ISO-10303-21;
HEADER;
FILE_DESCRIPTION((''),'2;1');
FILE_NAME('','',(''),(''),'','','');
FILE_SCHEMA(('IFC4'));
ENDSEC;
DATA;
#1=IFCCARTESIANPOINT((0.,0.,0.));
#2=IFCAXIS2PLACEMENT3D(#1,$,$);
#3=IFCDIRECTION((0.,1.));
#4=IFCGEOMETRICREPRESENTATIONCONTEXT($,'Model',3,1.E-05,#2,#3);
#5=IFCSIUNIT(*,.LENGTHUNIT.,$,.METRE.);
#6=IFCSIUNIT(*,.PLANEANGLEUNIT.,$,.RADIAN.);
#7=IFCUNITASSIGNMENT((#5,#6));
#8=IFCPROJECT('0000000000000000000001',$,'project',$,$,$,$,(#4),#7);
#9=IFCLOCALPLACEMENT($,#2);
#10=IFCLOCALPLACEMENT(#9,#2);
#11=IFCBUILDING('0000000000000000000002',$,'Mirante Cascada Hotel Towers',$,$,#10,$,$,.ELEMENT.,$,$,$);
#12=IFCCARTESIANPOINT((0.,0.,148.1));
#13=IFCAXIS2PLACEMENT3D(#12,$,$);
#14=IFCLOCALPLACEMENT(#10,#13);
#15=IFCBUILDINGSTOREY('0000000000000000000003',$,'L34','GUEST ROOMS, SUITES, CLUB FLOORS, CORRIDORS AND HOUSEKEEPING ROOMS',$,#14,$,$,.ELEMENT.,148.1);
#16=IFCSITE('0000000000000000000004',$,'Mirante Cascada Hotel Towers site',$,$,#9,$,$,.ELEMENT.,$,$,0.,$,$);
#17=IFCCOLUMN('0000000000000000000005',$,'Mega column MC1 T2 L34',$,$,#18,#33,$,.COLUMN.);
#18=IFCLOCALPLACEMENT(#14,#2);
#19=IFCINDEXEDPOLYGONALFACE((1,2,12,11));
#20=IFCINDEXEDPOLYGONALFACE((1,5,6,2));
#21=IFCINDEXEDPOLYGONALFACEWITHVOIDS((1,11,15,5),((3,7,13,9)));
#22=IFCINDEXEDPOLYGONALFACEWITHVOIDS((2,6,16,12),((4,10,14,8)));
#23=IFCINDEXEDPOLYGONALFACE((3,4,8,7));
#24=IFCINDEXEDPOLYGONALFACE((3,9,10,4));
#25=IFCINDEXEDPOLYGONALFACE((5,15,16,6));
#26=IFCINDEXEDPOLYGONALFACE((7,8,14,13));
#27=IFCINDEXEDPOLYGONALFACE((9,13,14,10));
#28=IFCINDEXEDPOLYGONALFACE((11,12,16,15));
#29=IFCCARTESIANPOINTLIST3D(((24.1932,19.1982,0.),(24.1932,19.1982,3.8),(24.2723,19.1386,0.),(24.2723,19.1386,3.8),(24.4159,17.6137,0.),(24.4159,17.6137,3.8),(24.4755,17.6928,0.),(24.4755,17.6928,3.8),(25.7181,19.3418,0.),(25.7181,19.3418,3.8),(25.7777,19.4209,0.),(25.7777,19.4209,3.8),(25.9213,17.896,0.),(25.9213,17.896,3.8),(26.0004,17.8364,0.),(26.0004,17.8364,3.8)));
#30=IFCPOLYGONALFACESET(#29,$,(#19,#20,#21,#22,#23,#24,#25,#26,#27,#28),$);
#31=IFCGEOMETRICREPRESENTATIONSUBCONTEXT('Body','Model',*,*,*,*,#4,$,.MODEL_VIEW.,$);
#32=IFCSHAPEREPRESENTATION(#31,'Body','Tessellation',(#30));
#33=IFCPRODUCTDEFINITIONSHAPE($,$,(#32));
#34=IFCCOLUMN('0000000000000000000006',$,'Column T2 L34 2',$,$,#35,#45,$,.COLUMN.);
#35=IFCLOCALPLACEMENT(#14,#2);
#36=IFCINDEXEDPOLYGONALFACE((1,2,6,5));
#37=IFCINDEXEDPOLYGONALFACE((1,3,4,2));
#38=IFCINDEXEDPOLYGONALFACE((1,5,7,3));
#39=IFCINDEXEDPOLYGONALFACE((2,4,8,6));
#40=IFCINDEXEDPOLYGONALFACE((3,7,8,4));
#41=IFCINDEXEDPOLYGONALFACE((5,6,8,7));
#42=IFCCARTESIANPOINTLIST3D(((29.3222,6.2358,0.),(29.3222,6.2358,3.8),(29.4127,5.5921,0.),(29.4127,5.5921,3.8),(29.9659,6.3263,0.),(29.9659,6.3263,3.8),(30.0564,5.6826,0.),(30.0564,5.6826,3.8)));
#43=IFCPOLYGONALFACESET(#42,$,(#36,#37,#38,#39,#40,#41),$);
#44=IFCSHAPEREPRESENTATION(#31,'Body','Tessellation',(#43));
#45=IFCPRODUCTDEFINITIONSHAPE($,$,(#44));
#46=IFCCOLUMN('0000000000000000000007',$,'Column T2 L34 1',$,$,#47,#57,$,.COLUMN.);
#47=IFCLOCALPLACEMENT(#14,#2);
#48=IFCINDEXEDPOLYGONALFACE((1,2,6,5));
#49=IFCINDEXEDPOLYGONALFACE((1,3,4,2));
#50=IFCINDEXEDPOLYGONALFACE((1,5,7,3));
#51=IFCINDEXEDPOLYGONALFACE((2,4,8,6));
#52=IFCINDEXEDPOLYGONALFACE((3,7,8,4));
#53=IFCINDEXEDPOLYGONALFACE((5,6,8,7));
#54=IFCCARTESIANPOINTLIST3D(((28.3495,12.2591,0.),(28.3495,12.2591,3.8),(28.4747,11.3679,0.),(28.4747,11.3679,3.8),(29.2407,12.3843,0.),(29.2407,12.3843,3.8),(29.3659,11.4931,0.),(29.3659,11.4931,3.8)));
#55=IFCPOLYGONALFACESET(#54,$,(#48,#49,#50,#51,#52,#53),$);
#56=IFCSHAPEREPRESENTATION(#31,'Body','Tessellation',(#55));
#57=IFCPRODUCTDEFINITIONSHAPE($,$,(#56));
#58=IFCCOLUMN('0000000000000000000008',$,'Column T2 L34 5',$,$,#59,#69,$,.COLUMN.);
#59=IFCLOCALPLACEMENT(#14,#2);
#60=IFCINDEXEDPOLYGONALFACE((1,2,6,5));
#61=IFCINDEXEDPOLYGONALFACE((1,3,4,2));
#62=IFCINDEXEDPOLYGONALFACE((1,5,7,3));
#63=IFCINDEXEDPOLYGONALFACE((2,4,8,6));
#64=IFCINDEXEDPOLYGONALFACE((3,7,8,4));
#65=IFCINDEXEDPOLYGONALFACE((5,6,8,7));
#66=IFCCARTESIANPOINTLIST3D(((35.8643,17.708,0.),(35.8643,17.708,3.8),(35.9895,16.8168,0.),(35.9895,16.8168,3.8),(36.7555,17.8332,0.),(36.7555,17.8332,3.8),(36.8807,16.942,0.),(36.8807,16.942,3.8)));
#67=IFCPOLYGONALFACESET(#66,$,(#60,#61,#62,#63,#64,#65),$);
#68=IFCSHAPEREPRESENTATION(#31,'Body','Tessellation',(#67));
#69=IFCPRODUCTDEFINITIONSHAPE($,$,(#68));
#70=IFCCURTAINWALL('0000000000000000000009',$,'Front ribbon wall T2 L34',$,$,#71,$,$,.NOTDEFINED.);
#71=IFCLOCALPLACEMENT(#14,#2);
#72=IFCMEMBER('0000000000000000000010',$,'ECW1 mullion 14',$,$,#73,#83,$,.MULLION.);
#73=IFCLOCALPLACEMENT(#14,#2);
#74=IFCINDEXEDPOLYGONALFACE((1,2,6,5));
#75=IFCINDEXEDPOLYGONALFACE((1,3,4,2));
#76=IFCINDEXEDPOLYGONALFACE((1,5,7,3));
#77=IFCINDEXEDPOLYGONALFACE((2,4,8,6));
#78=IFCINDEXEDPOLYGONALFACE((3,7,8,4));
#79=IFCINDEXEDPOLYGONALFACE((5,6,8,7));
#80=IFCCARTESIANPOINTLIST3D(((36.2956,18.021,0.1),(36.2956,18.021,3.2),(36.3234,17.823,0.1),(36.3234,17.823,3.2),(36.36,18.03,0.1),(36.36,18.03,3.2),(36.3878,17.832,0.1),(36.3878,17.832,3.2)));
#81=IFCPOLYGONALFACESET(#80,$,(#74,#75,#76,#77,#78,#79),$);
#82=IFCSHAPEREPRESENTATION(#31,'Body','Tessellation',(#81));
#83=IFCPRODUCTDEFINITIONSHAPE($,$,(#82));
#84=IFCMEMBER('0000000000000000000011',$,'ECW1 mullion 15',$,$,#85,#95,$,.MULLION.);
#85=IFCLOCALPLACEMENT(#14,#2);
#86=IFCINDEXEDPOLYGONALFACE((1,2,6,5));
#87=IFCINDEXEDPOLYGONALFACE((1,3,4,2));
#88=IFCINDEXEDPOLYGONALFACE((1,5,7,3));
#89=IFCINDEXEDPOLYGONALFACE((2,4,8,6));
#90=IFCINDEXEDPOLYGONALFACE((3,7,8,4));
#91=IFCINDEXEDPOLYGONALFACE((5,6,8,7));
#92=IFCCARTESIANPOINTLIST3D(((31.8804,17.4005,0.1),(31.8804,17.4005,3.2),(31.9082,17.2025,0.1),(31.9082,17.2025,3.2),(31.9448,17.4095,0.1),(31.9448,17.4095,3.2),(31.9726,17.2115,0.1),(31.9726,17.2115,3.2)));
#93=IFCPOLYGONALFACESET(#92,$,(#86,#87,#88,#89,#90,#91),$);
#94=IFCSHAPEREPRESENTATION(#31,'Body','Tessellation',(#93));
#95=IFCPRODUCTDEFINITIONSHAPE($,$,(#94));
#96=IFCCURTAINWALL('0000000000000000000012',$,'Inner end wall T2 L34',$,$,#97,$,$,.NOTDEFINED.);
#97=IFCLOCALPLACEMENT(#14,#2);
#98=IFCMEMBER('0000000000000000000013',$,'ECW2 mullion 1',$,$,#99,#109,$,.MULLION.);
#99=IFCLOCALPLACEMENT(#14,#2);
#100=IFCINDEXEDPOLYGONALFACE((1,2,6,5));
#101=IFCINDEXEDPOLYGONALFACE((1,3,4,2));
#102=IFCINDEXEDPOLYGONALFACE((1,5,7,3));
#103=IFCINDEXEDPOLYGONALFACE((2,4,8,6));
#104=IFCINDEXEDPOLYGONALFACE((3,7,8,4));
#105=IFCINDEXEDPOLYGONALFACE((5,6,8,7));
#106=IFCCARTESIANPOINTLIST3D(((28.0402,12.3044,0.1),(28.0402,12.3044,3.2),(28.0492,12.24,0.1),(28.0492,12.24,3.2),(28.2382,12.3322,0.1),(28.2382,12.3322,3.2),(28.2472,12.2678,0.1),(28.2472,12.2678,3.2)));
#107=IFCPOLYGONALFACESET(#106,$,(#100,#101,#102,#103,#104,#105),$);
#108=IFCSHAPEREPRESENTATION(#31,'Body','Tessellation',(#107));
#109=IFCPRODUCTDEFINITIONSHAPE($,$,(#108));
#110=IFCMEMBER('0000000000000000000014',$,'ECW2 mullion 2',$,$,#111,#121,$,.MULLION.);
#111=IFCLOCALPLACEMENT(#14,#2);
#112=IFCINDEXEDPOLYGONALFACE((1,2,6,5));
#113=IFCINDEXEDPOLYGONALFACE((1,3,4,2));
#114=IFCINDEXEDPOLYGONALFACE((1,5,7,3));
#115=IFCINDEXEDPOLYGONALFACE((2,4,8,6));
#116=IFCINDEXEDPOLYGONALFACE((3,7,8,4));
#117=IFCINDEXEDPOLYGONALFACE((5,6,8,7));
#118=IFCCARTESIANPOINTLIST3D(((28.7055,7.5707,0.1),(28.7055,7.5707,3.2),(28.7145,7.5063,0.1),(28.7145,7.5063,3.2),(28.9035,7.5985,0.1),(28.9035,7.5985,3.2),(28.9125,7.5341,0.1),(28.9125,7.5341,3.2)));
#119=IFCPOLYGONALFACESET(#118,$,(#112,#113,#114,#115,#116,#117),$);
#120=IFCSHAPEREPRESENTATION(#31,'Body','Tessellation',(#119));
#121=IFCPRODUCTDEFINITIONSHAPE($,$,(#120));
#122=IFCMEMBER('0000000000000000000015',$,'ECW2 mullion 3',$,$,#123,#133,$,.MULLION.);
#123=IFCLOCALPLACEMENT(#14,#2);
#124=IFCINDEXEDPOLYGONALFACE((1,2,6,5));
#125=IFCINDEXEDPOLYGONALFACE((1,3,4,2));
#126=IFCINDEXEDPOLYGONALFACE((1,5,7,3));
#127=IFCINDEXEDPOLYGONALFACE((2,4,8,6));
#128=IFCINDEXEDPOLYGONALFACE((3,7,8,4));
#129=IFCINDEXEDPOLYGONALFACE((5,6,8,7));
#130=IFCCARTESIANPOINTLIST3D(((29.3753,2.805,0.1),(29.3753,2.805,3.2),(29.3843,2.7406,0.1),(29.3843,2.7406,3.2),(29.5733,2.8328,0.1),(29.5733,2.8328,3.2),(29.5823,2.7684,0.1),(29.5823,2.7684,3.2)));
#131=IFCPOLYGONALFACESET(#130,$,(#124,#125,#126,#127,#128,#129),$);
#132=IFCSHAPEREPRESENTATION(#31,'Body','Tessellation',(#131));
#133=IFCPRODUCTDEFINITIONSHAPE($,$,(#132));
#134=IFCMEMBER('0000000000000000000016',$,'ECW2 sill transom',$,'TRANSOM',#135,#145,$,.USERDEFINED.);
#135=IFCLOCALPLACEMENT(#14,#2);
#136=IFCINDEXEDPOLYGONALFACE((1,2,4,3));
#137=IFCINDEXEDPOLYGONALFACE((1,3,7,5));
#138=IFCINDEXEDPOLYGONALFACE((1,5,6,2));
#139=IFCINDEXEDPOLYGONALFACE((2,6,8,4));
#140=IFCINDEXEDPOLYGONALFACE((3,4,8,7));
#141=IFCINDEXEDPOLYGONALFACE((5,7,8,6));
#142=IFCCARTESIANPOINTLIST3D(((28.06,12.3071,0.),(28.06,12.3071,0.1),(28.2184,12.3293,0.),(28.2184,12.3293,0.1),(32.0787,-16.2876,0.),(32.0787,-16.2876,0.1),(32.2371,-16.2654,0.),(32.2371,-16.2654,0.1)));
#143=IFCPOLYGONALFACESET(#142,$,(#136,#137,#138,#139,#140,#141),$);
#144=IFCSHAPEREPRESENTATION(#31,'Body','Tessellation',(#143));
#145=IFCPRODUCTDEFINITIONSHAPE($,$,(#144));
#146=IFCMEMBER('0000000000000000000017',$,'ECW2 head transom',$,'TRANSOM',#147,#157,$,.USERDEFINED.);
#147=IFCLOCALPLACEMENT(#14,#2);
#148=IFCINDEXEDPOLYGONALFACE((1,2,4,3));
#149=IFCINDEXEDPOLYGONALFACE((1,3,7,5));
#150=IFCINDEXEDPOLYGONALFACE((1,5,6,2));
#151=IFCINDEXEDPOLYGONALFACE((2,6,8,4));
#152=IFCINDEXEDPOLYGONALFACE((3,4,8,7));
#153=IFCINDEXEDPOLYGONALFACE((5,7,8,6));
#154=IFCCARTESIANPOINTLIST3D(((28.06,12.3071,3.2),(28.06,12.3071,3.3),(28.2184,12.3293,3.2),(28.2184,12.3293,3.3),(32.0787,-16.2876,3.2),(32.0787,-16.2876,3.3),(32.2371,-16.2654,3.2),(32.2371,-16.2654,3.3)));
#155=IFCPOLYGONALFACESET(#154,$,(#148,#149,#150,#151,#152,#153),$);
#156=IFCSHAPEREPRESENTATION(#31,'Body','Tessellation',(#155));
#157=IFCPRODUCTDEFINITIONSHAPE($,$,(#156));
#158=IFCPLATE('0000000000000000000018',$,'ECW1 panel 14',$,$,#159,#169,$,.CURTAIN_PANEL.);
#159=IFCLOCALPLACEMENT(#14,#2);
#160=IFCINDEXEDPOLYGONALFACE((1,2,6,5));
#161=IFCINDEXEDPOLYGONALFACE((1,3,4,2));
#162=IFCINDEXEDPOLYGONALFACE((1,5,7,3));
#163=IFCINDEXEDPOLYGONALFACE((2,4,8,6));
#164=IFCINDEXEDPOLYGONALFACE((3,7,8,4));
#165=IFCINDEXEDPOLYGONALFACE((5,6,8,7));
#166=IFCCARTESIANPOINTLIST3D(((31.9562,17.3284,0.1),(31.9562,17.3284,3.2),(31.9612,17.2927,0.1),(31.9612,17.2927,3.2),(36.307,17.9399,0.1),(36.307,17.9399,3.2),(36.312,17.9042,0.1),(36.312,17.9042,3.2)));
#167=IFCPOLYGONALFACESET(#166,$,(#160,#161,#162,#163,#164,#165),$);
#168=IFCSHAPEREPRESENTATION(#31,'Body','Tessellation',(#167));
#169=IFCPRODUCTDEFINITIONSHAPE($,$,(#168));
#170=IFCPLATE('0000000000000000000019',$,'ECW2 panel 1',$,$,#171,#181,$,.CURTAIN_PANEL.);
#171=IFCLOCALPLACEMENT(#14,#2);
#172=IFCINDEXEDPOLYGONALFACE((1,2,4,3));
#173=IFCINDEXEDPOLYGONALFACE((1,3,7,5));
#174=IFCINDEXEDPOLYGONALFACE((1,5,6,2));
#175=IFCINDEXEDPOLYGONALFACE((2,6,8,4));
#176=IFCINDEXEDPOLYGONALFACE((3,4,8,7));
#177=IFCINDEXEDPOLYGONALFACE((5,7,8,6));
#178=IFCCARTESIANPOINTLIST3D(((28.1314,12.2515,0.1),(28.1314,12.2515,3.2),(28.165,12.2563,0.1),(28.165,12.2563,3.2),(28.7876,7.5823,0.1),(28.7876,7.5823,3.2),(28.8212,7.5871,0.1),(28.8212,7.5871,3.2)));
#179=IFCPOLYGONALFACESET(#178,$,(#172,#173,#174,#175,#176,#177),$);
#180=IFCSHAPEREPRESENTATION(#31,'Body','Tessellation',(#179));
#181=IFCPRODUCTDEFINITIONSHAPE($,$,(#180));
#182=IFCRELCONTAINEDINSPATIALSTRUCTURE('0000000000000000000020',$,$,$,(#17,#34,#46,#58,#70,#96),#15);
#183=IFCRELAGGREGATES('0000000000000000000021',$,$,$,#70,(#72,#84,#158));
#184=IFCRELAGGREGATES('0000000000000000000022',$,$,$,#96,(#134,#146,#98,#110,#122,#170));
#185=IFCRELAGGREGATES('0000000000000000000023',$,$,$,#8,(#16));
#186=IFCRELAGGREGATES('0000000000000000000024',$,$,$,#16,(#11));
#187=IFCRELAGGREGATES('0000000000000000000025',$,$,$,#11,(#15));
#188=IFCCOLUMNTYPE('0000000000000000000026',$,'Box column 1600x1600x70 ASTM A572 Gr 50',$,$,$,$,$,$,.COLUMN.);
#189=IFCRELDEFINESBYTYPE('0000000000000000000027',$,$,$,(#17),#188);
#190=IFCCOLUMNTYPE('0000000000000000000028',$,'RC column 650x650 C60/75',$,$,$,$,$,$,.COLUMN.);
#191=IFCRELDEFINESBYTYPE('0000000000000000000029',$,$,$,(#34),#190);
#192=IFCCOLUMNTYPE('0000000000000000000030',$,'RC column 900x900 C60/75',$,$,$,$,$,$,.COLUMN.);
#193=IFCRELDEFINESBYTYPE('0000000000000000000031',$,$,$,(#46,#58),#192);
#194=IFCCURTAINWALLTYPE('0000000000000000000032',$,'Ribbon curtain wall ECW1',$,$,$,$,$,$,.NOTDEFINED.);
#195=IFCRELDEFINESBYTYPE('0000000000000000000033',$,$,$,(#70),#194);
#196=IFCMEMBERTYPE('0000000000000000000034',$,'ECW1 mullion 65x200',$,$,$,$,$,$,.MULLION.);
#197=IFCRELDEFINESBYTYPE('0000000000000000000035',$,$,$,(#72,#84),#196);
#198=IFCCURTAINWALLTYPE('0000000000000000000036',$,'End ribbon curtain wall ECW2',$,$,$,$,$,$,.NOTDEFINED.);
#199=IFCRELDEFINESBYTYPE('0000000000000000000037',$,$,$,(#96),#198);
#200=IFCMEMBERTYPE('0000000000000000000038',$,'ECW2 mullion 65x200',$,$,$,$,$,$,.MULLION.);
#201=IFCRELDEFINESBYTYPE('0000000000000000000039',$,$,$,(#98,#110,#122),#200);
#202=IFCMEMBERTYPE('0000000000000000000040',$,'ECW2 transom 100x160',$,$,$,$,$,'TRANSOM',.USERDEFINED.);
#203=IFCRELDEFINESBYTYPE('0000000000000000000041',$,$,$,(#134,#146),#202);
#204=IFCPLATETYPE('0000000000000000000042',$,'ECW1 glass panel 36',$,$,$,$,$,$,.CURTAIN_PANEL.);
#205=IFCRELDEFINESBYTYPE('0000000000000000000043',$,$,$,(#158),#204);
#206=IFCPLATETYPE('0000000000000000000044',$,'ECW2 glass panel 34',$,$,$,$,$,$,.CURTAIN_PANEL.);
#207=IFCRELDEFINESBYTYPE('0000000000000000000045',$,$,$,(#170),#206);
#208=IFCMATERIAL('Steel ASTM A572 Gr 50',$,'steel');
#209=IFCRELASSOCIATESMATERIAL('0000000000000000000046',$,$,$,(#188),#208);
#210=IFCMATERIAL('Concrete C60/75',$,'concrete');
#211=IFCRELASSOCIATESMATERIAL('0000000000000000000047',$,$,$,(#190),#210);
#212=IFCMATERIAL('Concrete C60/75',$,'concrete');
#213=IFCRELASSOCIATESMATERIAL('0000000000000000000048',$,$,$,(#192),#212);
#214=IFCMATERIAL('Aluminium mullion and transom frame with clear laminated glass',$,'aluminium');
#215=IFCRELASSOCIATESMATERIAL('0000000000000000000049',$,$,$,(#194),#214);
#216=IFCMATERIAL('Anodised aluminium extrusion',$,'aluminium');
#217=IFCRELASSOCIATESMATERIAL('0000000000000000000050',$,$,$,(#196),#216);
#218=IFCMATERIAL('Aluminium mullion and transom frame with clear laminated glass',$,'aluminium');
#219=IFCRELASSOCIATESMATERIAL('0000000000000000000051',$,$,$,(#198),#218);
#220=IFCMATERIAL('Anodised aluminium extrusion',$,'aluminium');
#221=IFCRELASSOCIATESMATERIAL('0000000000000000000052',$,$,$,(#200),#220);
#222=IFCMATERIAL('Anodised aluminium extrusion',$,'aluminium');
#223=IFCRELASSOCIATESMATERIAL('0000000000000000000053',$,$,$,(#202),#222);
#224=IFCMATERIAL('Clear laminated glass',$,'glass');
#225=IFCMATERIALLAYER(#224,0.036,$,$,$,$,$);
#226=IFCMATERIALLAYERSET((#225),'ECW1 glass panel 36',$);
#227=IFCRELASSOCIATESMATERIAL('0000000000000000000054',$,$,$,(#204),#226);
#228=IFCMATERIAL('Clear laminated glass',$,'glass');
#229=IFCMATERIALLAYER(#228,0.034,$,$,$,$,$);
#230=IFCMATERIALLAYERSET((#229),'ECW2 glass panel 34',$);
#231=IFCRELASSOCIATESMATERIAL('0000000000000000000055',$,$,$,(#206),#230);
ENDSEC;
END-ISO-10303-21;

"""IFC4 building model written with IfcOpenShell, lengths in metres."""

from ifc_helpers import new_model, si_unit, direction, frame, origin, origin_2d, place, context, subcontext, project, spatial, rectangle, hollow_rectangle, extrude, material, layer, layer_set, material_profile, profile_set, type_object, element, aggregate, save


model = new_model("IFC4")

# Units and contexts
model_context = context("Model", 3, precision=1e-05, world=origin(), true_north=direction((0.0, 1.0)))
body_context = subcontext(model_context, "Body", "Model", "MODEL_VIEW")
ifc_project = project(units=[si_unit("LENGTHUNIT", "METRE"), si_unit("PLANEANGLEUNIT", "RADIAN")], contexts=[model_context])

# Site, building, storey
site_placement = place(None, origin())
site = spatial("IfcSite", under=ifc_project, at=site_placement, Name="Mirante Cascada Hotel Towers site", CompositionType="ELEMENT", RefElevation=0.0)
building_placement = place(site_placement, origin())
building = spatial("IfcBuilding", under=site, at=building_placement, Name="Mirante Cascada Hotel Towers", CompositionType="ELEMENT")
storey_placement = place(building_placement, frame((0.0, 0.0, 148.1)))
storey = spatial("IfcBuildingStorey", under=building, at=storey_placement, Name="L34", Description="GUEST ROOMS, SUITES, CLUB FLOORS, CORRIDORS AND HOUSEKEEPING ROOMS", CompositionType="ELEMENT", Elevation=148.1)

# Columns
ifc_material_1 = material(Name="Steel ASTM A572 Gr 50", Category="steel")
ifc_material_profile_1 = material_profile(ifc_material_1, hollow_rectangle(XDim=1.6, YDim=1.6, WallThickness=0.07, at=origin_2d()), Name="Box column 1600x1600x70 ASTM A572 Gr 50")
ifc_profile_set_1 = profile_set([ifc_material_profile_1], Name="Steel ASTM A572 Gr 50")
column_type_1 = type_object("IfcColumnType", Name="Box column 1600x1600x70 ASTM A572 Gr 50", PredefinedType="COLUMN", material=ifc_profile_set_1)
column_1_placement = place(storey_placement, frame((25.0968, 18.5173, 0.0), z_axis=(0.0, 0.0, 1.0), x_axis=(0.990268, 0.139173, 0.0)))
element("IfcColumn", 1, at=column_1_placement, inside=storey, type_object=column_type_1, Name="Mega column MC1 T2 L34", PredefinedType="COLUMN", context=body_context, shape_type="SweptSolid", body=[
    extrude(hollow_rectangle(XDim=1.6, YDim=1.6, WallThickness=0.07, at=origin_2d()), origin(), (0.0, 0.0, 1.0), 3.8),
])
ifc_material_2 = material(Name="Concrete C60/75", Category="concrete")
ifc_material_profile_2 = material_profile(ifc_material_2, rectangle(XDim=0.65, YDim=0.65, at=origin_2d()), Name="RC column 650x650 C60/75")
ifc_profile_set_2 = profile_set([ifc_material_profile_2], Name="Concrete C60/75")
column_type_2 = type_object("IfcColumnType", Name="RC column 650x650 C60/75", PredefinedType="COLUMN", material=ifc_profile_set_2)
column_2_placement = place(storey_placement, frame((29.6893, 5.9592, 0.0), z_axis=(0.0, 0.0, 1.0), x_axis=(0.990268, 0.139173, 0.0)))
element("IfcColumn", 2, at=column_2_placement, inside=storey, type_object=column_type_2, Name="Column T2 L34 2", PredefinedType="COLUMN", context=body_context, shape_type="SweptSolid", body=[
    extrude(rectangle(XDim=0.65, YDim=0.65, at=origin_2d()), origin(), (0.0, 0.0, 1.0), 3.8),
])
ifc_material_3 = material(Name="Concrete C60/75", Category="concrete")
ifc_material_profile_3 = material_profile(ifc_material_3, rectangle(XDim=0.9, YDim=0.9, at=origin_2d()), Name="RC column 900x900 C60/75")
ifc_profile_set_3 = profile_set([ifc_material_profile_3], Name="Concrete C60/75")
column_type_3 = type_object("IfcColumnType", Name="RC column 900x900 C60/75", PredefinedType="COLUMN", material=ifc_profile_set_3)
for number, where, z_axis, x_axis, name in (
    (3, (28.8577, 11.8761, 0.0), (0.0, 0.0, 1.0), (0.990268, 0.139173, 0.0), "Column T2 L34 1"),
    (4, (36.3725, 17.325, 0.0), (0.0, 0.0, 1.0), (0.990268, 0.139173, 0.0), "Column T2 L34 5"),
):
    element("IfcColumn", number, at=place(storey_placement, frame(where, z_axis=z_axis, x_axis=x_axis)), inside=storey, type_object=column_type_3, Name=name, PredefinedType="COLUMN", context=body_context, shape_type="SweptSolid", body=[
        extrude(rectangle(XDim=0.9, YDim=0.9, at=origin_2d()), origin(), (0.0, 0.0, 1.0), 3.8),
    ])

# Curtain walls, members
ifc_material_4 = material(Name="Aluminium mullion and transom frame with clear laminated glass", Category="aluminium")
curtain_wall_type_1 = type_object("IfcCurtainWallType", Name="Ribbon curtain wall ECW1", PredefinedType="NOTDEFINED", material=ifc_material_4)
curtain_wall_1_placement = place(storey_placement, origin())
curtain_wall_1 = element("IfcCurtainWall", 5, at=curtain_wall_1_placement, inside=storey, type_object=curtain_wall_type_1, Name="Front ribbon wall T2 L34", PredefinedType="NOTDEFINED")
ifc_material_5 = material(Name="Anodised aluminium extrusion", Category="aluminium")
ifc_material_profile_4 = material_profile(ifc_material_5, rectangle(XDim=0.2, YDim=0.065, at=origin_2d()), Name="ECW1 MULLION 65x200")
ifc_profile_set_4 = profile_set([ifc_material_profile_4], Name="Anodised aluminium extrusion")
member_type_1 = type_object("IfcMemberType", Name="ECW1 mullion 65x200", PredefinedType="MULLION", material=ifc_profile_set_4)
member_1_placement = place(storey_placement, frame((36.3417, 17.9265, 0.1), z_axis=(0.0, 0.0, 1.0), x_axis=(0.139173, -0.990268, 0.0)))
member_1 = element("IfcMember", 6, at=member_1_placement, type_object=member_type_1, Name="ECW1 mullion 14", PredefinedType="MULLION", context=body_context, shape_type="SweptSolid", body=[
    extrude(rectangle(XDim=0.2, YDim=0.065, at=origin_2d()), origin(), (0.0, 0.0, 1.0), 3.1),
])
member_2_placement = place(storey_placement, frame((31.9265, 17.306, 0.1), z_axis=(0.0, 0.0, 1.0), x_axis=(0.139173, -0.990268, 0.0)))
member_2 = element("IfcMember", 7, at=member_2_placement, type_object=member_type_1, Name="ECW1 mullion 15", PredefinedType="MULLION", context=body_context, shape_type="SweptSolid", body=[
    extrude(rectangle(XDim=0.2, YDim=0.065, at=origin_2d()), origin(), (0.0, 0.0, 1.0), 3.1),
])
ifc_material_6 = material(Name="Aluminium mullion and transom frame with clear laminated glass", Category="aluminium")
curtain_wall_type_2 = type_object("IfcCurtainWallType", Name="End ribbon curtain wall ECW2", PredefinedType="NOTDEFINED", material=ifc_material_6)
curtain_wall_2_placement = place(storey_placement, origin())
curtain_wall_2 = element("IfcCurtainWall", 8, at=curtain_wall_2_placement, inside=storey, type_object=curtain_wall_type_2, Name="Inner end wall T2 L34", PredefinedType="NOTDEFINED")
ifc_material_7 = material(Name="Anodised aluminium extrusion", Category="aluminium")
ifc_material_profile_5 = material_profile(ifc_material_7, rectangle(XDim=0.2, YDim=0.065, at=origin_2d()), Name="ECW2 MULLION 65x200")
ifc_profile_set_5 = profile_set([ifc_material_profile_5], Name="Anodised aluminium extrusion")
member_type_2 = type_object("IfcMemberType", Name="ECW2 mullion 65x200", PredefinedType="MULLION", material=ifc_profile_set_5)
member_3_placement = place(storey_placement, frame((28.1437, 12.2861, 0.1), z_axis=(0.0, 0.0, 1.0), x_axis=(0.990268, 0.139173, 0.0)))
member_3 = element("IfcMember", 9, at=member_3_placement, type_object=member_type_2, Name="ECW2 mullion 1", PredefinedType="MULLION", context=body_context, shape_type="SweptSolid", body=[
    extrude(rectangle(XDim=0.2, YDim=0.065, at=origin_2d()), origin(), (0.0, 0.0, 1.0), 3.1),
])
member_4_placement = place(storey_placement, frame((28.809, 7.5524, 0.1), z_axis=(0.0, 0.0, 1.0), x_axis=(0.990268, 0.139173, 0.0)))
member_4 = element("IfcMember", 10, at=member_4_placement, type_object=member_type_2, Name="ECW2 mullion 2", PredefinedType="MULLION", context=body_context, shape_type="SweptSolid", body=[
    extrude(rectangle(XDim=0.2, YDim=0.065, at=origin_2d()), origin(), (0.0, 0.0, 1.0), 3.1),
])
member_5_placement = place(storey_placement, frame((29.4788, 2.7867, 0.1), z_axis=(0.0, 0.0, 1.0), x_axis=(0.990268, 0.139173, 0.0)))
member_5 = element("IfcMember", 11, at=member_5_placement, type_object=member_type_2, Name="ECW2 mullion 3", PredefinedType="MULLION", context=body_context, shape_type="SweptSolid", body=[
    extrude(rectangle(XDim=0.2, YDim=0.065, at=origin_2d()), origin(), (0.0, 0.0, 1.0), 3.1),
])
ifc_material_8 = material(Name="Anodised aluminium extrusion", Category="aluminium")
ifc_material_profile_6 = material_profile(ifc_material_8, rectangle(XDim=0.16, YDim=0.1, at=origin_2d()), Name="ECW2 TRANSOM 100x160")
ifc_profile_set_6 = profile_set([ifc_material_profile_6], Name="Anodised aluminium extrusion")
member_type_3 = type_object("IfcMemberType", Name="ECW2 transom 100x160", ElementType="TRANSOM", PredefinedType="USERDEFINED", material=ifc_profile_set_6)
member_6_placement = place(storey_placement, frame((28.1392, 12.3182, 0.05), z_axis=(0.139172, -0.990268, 0.0), x_axis=(0.990268, 0.139172, 0.0)))
member_6 = element("IfcMember", 12, at=member_6_placement, type_object=member_type_3, Name="ECW2 sill transom", ObjectType="TRANSOM", PredefinedType="USERDEFINED", context=body_context, shape_type="SweptSolid", body=[
    extrude(rectangle(XDim=0.16, YDim=0.1, at=origin_2d()), origin(), (0.0, 0.0, 1.0), 28.8757),
])
member_7_placement = place(storey_placement, frame((28.1392, 12.3182, 3.25), z_axis=(0.139172, -0.990268, 0.0), x_axis=(0.990268, 0.139172, 0.0)))
member_7 = element("IfcMember", 13, at=member_7_placement, type_object=member_type_3, Name="ECW2 head transom", ObjectType="TRANSOM", PredefinedType="USERDEFINED", context=body_context, shape_type="SweptSolid", body=[
    extrude(rectangle(XDim=0.16, YDim=0.1, at=origin_2d()), origin(), (0.0, 0.0, 1.0), 28.8757),
])

# Plates
ifc_material_9 = material(Name="Clear laminated glass", Category="glass")
ifc_layer_1 = layer(ifc_material_9, 0.036)
ifc_layer_set_1 = layer_set([ifc_layer_1], Name="ECW1 glass panel 36")
plate_type_1 = type_object("IfcPlateType", Name="ECW1 glass panel 36", PredefinedType="CURTAIN_PANEL", material=ifc_layer_set_1)
plate_1_placement = place(storey_placement, frame((34.1341, 17.6163, 0.1), z_axis=(0.0, 0.0, 1.0), x_axis=(-0.990268, -0.139173, 0.0)))
plate_1 = element("IfcPlate", 14, at=plate_1_placement, type_object=plate_type_1, Name="ECW1 panel 14", PredefinedType="CURTAIN_PANEL", context=body_context, shape_type="SweptSolid", body=[
    extrude(rectangle(XDim=4.3936, YDim=0.036, at=origin_2d()), origin(), (0.0, 0.0, 1.0), 3.1),
])
aggregate(curtain_wall_1, [member_1, member_2, plate_1])
ifc_material_10 = material(Name="Clear laminated glass", Category="glass")
ifc_layer_2 = layer(ifc_material_10, 0.034)
ifc_layer_set_2 = layer_set([ifc_layer_2], Name="ECW2 glass panel 34")
plate_type_2 = type_object("IfcPlateType", Name="ECW2 glass panel 34", PredefinedType="CURTAIN_PANEL", material=ifc_layer_set_2)
plate_2_placement = place(storey_placement, frame((28.4763, 9.9193, 0.1), z_axis=(0.0, 0.0, 1.0), x_axis=(0.139173, -0.990268, 0.0)))
plate_2 = element("IfcPlate", 15, at=plate_2_placement, type_object=plate_type_2, Name="ECW2 panel 1", PredefinedType="CURTAIN_PANEL", context=body_context, shape_type="SweptSolid", body=[
    extrude(rectangle(XDim=4.7151, YDim=0.034, at=origin_2d()), origin(), (0.0, 0.0, 1.0), 3.1),
])
aggregate(curtain_wall_2, [member_6, member_7, member_3, member_4, member_5, plate_2])

save(model, "model.ifc")
